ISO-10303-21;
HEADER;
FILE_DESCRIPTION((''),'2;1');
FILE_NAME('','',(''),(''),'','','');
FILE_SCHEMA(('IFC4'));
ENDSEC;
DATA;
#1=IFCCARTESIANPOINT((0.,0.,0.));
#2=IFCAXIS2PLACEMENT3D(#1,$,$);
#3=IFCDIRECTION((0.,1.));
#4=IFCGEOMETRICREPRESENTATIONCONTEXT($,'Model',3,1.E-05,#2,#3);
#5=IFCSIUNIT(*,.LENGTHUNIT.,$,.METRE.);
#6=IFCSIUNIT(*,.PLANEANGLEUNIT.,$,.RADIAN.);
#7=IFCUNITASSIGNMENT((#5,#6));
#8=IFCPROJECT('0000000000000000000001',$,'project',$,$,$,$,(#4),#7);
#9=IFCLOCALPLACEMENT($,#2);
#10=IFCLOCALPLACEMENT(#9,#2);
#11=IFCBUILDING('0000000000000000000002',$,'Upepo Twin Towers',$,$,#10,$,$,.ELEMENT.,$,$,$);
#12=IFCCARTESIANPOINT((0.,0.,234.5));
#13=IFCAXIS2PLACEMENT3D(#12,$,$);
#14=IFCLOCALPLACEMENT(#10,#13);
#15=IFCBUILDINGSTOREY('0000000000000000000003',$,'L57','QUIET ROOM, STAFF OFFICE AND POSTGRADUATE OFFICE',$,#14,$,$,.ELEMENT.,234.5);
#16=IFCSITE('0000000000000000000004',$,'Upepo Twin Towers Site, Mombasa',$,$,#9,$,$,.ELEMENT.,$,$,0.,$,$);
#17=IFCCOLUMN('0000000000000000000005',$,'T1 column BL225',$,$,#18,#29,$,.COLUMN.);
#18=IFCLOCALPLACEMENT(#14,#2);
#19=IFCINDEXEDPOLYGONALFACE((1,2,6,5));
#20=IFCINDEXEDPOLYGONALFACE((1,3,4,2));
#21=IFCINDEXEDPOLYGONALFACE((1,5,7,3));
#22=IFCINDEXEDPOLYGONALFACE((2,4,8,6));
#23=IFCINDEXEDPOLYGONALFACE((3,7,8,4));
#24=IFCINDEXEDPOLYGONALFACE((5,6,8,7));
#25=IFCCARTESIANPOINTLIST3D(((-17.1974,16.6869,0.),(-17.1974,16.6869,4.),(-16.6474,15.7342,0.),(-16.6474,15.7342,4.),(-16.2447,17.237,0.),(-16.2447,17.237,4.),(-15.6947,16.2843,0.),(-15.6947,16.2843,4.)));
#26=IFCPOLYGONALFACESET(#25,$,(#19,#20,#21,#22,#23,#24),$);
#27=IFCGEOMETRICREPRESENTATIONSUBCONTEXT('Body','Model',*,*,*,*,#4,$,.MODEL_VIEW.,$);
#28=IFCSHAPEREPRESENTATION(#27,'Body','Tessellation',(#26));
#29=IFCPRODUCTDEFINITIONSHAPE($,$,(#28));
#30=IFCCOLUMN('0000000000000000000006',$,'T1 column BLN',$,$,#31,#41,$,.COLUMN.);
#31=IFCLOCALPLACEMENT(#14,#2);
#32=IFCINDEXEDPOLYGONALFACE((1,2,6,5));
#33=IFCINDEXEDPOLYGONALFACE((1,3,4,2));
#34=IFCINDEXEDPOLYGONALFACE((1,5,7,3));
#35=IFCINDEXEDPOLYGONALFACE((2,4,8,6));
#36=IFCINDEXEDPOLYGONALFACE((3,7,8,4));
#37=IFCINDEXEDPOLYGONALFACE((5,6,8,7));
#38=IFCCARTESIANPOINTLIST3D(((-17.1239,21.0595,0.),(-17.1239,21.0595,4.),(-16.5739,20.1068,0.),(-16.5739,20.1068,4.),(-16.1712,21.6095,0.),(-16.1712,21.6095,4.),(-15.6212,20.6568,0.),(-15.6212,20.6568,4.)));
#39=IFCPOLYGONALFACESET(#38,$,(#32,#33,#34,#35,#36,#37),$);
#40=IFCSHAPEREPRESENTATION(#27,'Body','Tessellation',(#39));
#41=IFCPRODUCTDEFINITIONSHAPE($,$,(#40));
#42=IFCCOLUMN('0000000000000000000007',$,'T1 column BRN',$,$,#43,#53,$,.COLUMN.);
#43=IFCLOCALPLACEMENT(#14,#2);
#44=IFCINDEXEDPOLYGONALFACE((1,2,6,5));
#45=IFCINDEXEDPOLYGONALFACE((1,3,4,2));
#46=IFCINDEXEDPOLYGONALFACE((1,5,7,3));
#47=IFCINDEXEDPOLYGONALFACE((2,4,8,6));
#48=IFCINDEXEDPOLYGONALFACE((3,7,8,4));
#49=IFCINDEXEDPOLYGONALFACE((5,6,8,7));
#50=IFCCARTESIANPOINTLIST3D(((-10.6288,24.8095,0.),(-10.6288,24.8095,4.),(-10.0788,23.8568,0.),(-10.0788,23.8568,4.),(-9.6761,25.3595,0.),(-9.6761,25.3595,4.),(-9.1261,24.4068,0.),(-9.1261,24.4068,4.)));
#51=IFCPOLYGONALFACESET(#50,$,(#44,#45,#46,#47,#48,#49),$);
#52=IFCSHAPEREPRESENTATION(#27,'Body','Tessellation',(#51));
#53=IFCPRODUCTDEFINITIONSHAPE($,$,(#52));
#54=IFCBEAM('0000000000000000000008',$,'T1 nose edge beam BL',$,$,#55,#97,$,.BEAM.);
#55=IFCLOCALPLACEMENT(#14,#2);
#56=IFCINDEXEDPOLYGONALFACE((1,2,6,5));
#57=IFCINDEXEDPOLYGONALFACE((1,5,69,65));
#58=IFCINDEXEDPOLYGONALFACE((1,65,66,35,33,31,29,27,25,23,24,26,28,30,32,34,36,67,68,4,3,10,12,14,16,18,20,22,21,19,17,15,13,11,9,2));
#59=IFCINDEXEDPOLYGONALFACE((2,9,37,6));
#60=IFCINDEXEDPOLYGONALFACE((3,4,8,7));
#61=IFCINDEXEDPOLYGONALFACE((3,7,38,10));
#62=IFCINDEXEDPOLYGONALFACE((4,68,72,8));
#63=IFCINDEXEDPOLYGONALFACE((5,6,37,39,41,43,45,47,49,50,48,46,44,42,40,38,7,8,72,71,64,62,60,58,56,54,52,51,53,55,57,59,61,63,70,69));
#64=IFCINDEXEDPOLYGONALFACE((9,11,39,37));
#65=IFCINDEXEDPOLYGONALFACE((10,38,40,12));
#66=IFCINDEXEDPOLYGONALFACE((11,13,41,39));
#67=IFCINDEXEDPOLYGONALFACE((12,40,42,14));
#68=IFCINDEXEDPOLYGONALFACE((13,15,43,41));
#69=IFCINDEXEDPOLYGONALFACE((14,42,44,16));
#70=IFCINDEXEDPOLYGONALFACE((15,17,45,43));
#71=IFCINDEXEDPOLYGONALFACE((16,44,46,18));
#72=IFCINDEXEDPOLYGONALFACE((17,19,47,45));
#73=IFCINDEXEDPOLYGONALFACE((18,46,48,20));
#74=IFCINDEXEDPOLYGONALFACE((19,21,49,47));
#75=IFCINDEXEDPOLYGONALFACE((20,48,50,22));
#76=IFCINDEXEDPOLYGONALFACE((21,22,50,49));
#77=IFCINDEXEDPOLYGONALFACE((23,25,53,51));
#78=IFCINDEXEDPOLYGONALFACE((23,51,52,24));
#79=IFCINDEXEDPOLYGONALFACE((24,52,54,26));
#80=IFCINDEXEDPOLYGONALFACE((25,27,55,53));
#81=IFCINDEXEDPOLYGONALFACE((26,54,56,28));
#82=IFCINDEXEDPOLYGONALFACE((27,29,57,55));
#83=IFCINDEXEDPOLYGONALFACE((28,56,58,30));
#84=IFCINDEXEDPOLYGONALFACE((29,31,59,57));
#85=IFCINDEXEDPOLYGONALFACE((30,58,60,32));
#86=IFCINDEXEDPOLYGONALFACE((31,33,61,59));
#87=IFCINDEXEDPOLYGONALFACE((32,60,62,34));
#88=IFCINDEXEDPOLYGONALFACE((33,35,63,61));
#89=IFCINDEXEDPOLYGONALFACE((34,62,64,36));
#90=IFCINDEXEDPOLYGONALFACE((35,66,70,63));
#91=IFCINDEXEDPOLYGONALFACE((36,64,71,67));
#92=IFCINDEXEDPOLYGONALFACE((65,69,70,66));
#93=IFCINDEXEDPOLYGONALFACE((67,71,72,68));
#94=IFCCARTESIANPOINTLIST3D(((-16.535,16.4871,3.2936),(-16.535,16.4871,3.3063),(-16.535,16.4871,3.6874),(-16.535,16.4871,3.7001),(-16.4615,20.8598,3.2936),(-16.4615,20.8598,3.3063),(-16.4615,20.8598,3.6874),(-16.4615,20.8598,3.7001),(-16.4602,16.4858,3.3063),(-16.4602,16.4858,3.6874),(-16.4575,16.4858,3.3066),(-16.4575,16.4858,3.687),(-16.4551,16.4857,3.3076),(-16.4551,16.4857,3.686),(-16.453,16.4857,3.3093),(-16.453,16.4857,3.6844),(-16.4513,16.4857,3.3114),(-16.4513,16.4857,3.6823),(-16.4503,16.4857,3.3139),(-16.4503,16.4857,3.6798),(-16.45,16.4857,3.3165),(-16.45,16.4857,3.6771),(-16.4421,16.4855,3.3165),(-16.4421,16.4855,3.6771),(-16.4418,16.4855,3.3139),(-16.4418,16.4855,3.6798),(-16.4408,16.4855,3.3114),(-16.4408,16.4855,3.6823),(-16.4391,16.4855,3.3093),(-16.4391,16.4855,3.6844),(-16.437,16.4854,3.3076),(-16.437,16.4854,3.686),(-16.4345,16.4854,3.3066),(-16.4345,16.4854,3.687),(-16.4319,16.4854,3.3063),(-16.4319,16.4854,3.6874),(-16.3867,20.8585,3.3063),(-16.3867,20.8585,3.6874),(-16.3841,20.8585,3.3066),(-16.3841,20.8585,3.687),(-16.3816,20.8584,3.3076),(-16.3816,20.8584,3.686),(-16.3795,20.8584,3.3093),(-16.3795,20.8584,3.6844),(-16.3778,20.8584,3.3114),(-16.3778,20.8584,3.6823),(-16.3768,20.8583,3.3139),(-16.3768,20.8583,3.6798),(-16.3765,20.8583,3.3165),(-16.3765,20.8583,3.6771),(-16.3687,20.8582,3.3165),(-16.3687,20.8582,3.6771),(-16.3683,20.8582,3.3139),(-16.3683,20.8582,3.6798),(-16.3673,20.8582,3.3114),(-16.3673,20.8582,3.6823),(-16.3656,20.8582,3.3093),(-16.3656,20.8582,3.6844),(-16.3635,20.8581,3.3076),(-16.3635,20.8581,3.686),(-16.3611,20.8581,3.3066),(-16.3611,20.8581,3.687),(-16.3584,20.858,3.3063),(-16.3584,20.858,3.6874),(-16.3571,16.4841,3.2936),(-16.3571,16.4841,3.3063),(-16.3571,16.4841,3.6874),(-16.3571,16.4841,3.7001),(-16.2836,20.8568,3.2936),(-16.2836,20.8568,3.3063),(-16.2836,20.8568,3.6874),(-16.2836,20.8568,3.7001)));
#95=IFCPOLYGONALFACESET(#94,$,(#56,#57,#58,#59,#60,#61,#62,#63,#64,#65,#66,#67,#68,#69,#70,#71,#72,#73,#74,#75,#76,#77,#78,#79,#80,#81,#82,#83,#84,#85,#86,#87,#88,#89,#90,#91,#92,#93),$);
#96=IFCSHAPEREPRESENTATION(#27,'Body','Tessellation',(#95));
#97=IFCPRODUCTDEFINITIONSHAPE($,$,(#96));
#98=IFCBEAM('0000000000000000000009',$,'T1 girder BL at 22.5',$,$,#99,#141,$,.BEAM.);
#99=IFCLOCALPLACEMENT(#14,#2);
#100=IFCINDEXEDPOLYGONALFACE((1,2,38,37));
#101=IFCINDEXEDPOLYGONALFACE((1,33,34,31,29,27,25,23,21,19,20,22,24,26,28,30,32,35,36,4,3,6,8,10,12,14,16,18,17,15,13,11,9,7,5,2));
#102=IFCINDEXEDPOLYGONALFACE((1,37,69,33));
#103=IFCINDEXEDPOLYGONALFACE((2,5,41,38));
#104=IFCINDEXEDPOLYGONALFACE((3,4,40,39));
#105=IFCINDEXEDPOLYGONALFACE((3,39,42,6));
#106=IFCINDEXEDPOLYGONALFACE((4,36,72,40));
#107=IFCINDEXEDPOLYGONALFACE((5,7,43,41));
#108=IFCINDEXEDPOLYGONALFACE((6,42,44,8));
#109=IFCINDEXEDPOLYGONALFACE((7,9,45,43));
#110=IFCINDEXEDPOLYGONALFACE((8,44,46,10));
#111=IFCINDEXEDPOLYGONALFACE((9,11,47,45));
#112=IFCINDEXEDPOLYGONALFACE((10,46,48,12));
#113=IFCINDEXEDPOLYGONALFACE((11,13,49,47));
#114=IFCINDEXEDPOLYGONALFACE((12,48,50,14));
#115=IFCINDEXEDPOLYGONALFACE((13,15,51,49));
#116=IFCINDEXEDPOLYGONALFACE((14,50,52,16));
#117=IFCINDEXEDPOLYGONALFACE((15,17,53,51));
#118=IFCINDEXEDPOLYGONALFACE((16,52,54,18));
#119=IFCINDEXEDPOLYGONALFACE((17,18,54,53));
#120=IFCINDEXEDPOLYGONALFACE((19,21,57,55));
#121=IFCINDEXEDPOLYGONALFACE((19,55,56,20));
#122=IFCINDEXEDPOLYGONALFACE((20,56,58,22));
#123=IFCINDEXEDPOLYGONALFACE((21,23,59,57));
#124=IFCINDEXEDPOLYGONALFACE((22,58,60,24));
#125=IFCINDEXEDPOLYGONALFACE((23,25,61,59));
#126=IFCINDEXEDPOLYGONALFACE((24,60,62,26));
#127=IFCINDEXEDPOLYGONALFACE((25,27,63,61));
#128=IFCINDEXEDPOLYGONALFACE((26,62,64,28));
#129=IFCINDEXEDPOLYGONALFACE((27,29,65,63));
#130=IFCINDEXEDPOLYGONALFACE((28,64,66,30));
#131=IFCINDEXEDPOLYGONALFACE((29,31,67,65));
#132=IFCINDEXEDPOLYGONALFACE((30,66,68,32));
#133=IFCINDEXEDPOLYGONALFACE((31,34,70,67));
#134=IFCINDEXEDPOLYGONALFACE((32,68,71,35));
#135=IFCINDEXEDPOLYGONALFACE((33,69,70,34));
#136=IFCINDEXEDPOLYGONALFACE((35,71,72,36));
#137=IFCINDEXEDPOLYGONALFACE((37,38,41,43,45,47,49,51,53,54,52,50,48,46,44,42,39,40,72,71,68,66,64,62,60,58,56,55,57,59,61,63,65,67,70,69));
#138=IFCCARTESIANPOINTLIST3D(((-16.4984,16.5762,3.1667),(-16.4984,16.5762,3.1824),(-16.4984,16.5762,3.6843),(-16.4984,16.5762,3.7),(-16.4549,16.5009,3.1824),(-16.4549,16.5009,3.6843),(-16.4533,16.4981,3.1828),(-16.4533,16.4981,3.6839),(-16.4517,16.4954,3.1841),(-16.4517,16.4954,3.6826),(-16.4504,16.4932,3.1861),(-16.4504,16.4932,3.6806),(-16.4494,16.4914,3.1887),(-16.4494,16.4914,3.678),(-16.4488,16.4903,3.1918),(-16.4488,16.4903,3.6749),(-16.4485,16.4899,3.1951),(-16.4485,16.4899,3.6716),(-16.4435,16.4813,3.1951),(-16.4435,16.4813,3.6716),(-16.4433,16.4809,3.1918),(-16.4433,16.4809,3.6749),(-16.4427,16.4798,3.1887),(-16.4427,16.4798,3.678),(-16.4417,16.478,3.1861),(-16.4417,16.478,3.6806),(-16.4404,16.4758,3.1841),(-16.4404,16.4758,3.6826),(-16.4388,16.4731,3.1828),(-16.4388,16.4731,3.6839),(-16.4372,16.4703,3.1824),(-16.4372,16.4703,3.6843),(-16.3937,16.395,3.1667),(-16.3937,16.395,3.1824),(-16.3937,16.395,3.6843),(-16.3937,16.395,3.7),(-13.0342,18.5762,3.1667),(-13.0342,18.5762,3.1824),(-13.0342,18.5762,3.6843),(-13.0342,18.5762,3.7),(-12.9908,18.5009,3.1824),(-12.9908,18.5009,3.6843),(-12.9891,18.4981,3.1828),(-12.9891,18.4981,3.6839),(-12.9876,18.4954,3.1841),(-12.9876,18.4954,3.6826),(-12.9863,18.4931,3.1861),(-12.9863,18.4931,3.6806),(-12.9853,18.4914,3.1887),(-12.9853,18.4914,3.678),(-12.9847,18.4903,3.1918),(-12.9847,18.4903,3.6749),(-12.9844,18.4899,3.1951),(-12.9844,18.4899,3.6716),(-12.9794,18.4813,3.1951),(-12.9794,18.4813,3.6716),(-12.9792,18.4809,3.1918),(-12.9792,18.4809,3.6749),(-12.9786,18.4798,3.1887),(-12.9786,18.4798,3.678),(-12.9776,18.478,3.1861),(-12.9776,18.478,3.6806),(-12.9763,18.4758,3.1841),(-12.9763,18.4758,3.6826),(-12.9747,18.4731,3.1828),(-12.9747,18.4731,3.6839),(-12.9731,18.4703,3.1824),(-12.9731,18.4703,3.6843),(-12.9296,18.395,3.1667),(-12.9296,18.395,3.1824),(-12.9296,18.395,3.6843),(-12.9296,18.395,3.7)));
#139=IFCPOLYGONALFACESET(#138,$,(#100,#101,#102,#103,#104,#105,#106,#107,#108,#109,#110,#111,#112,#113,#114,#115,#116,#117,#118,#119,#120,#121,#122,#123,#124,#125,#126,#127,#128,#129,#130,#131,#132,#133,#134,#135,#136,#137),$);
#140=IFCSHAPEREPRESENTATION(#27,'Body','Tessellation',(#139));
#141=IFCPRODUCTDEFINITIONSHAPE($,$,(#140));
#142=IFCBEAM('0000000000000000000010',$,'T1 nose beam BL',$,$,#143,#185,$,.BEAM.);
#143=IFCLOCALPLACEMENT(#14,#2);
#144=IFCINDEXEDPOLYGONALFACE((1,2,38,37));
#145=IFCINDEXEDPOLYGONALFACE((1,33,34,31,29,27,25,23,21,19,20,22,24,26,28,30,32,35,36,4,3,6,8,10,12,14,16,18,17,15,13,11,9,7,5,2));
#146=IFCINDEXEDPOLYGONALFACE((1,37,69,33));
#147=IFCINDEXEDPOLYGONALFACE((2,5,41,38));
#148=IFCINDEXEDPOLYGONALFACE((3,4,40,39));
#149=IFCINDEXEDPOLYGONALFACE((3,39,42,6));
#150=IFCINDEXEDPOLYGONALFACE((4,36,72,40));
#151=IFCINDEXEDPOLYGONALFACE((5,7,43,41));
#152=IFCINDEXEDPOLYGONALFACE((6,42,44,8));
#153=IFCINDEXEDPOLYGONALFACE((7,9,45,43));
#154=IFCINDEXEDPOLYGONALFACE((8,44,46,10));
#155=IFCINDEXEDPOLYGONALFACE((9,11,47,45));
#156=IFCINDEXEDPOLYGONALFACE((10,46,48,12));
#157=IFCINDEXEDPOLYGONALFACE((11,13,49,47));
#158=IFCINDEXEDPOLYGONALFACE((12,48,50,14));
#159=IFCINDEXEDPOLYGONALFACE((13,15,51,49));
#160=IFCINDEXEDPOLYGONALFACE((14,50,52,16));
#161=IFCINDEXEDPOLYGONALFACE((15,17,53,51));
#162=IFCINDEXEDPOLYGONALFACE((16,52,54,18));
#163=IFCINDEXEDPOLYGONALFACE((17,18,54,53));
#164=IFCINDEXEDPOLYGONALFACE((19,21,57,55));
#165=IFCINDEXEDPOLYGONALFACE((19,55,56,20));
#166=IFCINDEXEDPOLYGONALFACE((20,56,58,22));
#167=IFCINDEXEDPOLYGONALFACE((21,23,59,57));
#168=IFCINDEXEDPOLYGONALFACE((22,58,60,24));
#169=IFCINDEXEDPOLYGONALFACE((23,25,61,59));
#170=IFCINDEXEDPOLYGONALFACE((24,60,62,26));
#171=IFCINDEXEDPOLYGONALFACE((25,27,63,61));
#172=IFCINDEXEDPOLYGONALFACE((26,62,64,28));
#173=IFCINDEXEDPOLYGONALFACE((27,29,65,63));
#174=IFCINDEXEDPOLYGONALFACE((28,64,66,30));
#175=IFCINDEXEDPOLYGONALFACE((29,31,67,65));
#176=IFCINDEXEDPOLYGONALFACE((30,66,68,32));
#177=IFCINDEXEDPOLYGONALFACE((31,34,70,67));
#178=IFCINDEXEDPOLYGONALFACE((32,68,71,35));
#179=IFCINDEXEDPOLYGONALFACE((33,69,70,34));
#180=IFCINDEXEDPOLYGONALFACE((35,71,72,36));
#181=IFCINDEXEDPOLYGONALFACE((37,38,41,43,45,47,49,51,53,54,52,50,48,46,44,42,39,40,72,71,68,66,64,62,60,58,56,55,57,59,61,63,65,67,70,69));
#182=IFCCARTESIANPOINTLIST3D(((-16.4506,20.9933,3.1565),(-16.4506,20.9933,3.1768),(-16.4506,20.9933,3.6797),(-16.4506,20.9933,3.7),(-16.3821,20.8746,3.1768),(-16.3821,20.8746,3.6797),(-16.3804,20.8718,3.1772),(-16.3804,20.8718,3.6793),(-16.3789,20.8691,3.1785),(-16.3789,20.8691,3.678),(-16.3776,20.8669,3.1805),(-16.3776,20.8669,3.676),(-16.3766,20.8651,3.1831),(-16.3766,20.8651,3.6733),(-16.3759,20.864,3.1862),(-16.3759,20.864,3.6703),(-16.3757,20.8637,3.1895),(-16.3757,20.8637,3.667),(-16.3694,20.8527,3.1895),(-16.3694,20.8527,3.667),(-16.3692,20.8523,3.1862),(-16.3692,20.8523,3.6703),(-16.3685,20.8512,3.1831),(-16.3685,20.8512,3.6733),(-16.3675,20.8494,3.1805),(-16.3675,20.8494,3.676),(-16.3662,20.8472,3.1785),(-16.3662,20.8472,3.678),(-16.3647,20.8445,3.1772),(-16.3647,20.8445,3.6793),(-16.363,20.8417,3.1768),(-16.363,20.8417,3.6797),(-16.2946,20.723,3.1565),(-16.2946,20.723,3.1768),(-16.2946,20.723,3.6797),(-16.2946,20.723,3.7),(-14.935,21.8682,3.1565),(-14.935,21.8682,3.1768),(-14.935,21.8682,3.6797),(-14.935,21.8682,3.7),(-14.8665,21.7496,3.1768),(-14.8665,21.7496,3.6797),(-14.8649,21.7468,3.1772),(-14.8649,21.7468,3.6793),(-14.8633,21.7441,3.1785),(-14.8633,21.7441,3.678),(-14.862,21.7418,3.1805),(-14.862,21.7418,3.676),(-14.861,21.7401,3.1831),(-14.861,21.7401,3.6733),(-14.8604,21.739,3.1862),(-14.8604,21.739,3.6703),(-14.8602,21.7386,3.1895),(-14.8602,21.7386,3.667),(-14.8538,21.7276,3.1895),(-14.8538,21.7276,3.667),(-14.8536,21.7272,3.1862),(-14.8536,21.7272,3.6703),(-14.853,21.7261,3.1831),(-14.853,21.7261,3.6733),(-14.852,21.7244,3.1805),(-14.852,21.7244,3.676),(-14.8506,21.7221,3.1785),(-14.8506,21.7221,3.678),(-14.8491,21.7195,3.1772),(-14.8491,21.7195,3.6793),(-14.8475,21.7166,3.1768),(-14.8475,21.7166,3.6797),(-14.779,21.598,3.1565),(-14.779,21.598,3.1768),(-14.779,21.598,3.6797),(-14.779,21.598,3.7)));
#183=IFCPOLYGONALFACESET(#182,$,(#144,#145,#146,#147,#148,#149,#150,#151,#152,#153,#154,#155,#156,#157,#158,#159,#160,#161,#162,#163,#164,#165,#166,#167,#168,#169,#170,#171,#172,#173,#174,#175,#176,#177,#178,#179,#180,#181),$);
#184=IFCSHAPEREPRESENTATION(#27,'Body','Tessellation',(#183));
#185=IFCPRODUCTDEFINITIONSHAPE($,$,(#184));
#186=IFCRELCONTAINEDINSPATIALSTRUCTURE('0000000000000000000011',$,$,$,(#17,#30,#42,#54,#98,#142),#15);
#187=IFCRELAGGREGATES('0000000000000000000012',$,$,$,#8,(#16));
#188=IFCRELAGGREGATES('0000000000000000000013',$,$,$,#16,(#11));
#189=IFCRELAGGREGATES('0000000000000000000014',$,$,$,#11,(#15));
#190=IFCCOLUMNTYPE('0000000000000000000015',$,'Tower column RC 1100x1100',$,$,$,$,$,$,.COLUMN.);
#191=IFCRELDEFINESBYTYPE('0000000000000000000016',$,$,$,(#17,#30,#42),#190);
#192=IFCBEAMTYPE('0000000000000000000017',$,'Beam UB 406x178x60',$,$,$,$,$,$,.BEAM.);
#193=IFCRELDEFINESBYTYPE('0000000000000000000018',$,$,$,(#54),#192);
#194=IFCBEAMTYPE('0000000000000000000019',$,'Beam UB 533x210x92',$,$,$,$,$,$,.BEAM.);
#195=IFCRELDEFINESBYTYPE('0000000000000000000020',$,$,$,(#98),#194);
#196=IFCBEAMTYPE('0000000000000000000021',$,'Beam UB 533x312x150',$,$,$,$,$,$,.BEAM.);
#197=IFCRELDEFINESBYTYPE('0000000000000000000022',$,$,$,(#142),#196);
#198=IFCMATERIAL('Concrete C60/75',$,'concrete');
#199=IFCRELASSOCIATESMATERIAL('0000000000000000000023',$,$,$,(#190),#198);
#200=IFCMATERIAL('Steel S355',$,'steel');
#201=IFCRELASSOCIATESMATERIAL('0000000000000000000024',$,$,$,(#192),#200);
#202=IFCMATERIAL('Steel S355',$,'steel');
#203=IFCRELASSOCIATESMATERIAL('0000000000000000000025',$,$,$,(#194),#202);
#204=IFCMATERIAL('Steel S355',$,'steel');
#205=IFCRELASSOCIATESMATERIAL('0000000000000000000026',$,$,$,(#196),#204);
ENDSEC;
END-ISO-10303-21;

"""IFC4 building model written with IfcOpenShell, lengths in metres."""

from ifc_helpers import new_model, si_unit, direction, frame, origin, origin_2d, place, context, subcontext, project, spatial, rectangle, i_section, extrude, material, material_profile, profile_set, type_object, element, save


model = new_model("IFC4")

# Units and contexts
model_context = context("Model", 3, precision=1e-05, world=origin(), true_north=direction((0.0, 1.0)))
body_context = subcontext(model_context, "Body", "Model", "MODEL_VIEW")
ifc_project = project(units=[si_unit("LENGTHUNIT", "METRE"), si_unit("PLANEANGLEUNIT", "RADIAN")], contexts=[model_context])

# Site, building, storey
site_placement = place(None, origin())
site = spatial("IfcSite", under=ifc_project, at=site_placement, Name="Upepo Twin Towers Site, Mombasa", CompositionType="ELEMENT", RefElevation=0.0)
building_placement = place(site_placement, origin())
building = spatial("IfcBuilding", under=site, at=building_placement, Name="Upepo Twin Towers", CompositionType="ELEMENT")
storey_placement = place(building_placement, frame((0.0, 0.0, 234.5)))
storey = spatial("IfcBuildingStorey", under=building, at=storey_placement, Name="L57", Description="QUIET ROOM, STAFF OFFICE AND POSTGRADUATE OFFICE", CompositionType="ELEMENT", Elevation=234.5)

# Columns
ifc_material_1 = material(Name="Concrete C60/75", Category="concrete")
ifc_material_profile_1 = material_profile(ifc_material_1, rectangle(XDim=1.1001, YDim=1.1001, at=origin_2d()), Name="RC 1100x1100")
ifc_profile_set_1 = profile_set([ifc_material_profile_1], Name="Concrete C60/75")
column_type = type_object("IfcColumnType", Name="Tower column RC 1100x1100", PredefinedType="COLUMN", material=ifc_profile_set_1)
for number, where, z_axis, x_axis, name in (
    (1, (-16.446, 16.4856, 0.0), (0.0, 0.0, 1.0), (0.866025, 0.5, 0.0), "T1 column BL225"),
    (2, (-16.3726, 20.8582, 0.0), (0.0, 0.0, 1.0), (0.866025, 0.5, 0.0), "T1 column BLN"),
    (3, (-9.8774, 24.6082, 0.0), (0.0, 0.0, 1.0), (0.866025, 0.5, 0.0), "T1 column BRN"),
):
    element("IfcColumn", number, at=place(storey_placement, frame(where, z_axis=z_axis, x_axis=x_axis)), inside=storey, type_object=column_type, Name=name, PredefinedType="COLUMN", context=body_context, shape_type="SweptSolid", body=[
        extrude(rectangle(XDim=1.1001, YDim=1.1001, at=origin_2d()), origin(), (0.0, 0.0, 1.0), 4.0),
    ])

# Beams
ifc_material_2 = material(Name="Steel S355", Category="steel")
ifc_material_profile_2 = material_profile(ifc_material_2, i_section(OverallWidth=0.178, OverallDepth=0.4065, WebThickness=0.0078, FlangeThickness=0.0127, FilletRadius=0.0103, at=origin_2d()), Name="UB 406x178x60")
ifc_profile_set_2 = profile_set([ifc_material_profile_2], Name="Steel S355")
beam_type_1 = type_object("IfcBeamType", Name="Beam UB 406x178x60", PredefinedType="BEAM", material=ifc_profile_set_2)
beam_1_placement = place(storey_placement, frame((-16.446, 16.4856, 3.4968), z_axis=(0.016804, 0.999859, 0.0), x_axis=(-0.999859, 0.016804, 0.0)))
element("IfcBeam", 4, at=beam_1_placement, inside=storey, type_object=beam_type_1, Name="T1 nose edge beam BL", PredefinedType="BEAM", context=body_context, shape_type="SweptSolid", body=[
    extrude(i_section(OverallWidth=0.178, OverallDepth=0.4065, WebThickness=0.0078, FlangeThickness=0.0127, FilletRadius=0.0103, at=origin_2d()), origin(), (0.0, 0.0, 1.0), 4.3733),
])
ifc_material_3 = material(Name="Steel S355", Category="steel")
ifc_material_profile_3 = material_profile(ifc_material_3, i_section(OverallWidth=0.2092, OverallDepth=0.5332, WebThickness=0.01, FlangeThickness=0.0156, FilletRadius=0.0127, at=origin_2d()), Name="UB 533x210x92")
ifc_profile_set_3 = profile_set([ifc_material_profile_3], Name="Steel S355")
beam_type_2 = type_object("IfcBeamType", Name="Beam UB 533x210x92", PredefinedType="BEAM", material=ifc_profile_set_3)
beam_2_placement = place(storey_placement, frame((-16.446, 16.4856, 3.4333), z_axis=(0.866026, 0.499999, 0.0), x_axis=(-0.499999, 0.866026, 0.0)))
element("IfcBeam", 5, at=beam_2_placement, inside=storey, type_object=beam_type_2, Name="T1 girder BL at 22.5", PredefinedType="BEAM", context=body_context, shape_type="SweptSolid", body=[
    extrude(i_section(OverallWidth=0.2092, OverallDepth=0.5332, WebThickness=0.01, FlangeThickness=0.0156, FilletRadius=0.0127, at=origin_2d()), origin(), (0.0, 0.0, 1.0), 4.0),
])
ifc_material_4 = material(Name="Steel S355", Category="steel")
ifc_material_profile_4 = material_profile(ifc_material_4, i_section(OverallWidth=0.312, OverallDepth=0.5435, WebThickness=0.0127, FlangeThickness=0.0203, FilletRadius=0.0127, at=origin_2d()), Name="UB 533x312x150")
ifc_profile_set_4 = profile_set([ifc_material_profile_4], Name="Steel S355")
beam_type_3 = type_object("IfcBeamType", Name="Beam UB 533x312x150", PredefinedType="BEAM", material=ifc_profile_set_4)
for number, where, z_axis, x_axis, name in (
    (6, (-16.3726, 20.8582, 3.4282), (0.866037, 0.49998, 0.0), (-0.49998, 0.866037, 0.0), "T1 nose beam BL"),
):
    element("IfcBeam", number, at=place(storey_placement, frame(where, z_axis=z_axis, x_axis=x_axis)), inside=storey, type_object=beam_type_3, Name=name, PredefinedType="BEAM", context=body_context, shape_type="SweptSolid", body=[
        extrude(i_section(OverallWidth=0.312, OverallDepth=0.5435, WebThickness=0.0127, FlangeThickness=0.0203, FilletRadius=0.0127, at=origin_2d()), origin(), (0.0, 0.0, 1.0), 1.75),
    ])

save(model, "model.ifc")
